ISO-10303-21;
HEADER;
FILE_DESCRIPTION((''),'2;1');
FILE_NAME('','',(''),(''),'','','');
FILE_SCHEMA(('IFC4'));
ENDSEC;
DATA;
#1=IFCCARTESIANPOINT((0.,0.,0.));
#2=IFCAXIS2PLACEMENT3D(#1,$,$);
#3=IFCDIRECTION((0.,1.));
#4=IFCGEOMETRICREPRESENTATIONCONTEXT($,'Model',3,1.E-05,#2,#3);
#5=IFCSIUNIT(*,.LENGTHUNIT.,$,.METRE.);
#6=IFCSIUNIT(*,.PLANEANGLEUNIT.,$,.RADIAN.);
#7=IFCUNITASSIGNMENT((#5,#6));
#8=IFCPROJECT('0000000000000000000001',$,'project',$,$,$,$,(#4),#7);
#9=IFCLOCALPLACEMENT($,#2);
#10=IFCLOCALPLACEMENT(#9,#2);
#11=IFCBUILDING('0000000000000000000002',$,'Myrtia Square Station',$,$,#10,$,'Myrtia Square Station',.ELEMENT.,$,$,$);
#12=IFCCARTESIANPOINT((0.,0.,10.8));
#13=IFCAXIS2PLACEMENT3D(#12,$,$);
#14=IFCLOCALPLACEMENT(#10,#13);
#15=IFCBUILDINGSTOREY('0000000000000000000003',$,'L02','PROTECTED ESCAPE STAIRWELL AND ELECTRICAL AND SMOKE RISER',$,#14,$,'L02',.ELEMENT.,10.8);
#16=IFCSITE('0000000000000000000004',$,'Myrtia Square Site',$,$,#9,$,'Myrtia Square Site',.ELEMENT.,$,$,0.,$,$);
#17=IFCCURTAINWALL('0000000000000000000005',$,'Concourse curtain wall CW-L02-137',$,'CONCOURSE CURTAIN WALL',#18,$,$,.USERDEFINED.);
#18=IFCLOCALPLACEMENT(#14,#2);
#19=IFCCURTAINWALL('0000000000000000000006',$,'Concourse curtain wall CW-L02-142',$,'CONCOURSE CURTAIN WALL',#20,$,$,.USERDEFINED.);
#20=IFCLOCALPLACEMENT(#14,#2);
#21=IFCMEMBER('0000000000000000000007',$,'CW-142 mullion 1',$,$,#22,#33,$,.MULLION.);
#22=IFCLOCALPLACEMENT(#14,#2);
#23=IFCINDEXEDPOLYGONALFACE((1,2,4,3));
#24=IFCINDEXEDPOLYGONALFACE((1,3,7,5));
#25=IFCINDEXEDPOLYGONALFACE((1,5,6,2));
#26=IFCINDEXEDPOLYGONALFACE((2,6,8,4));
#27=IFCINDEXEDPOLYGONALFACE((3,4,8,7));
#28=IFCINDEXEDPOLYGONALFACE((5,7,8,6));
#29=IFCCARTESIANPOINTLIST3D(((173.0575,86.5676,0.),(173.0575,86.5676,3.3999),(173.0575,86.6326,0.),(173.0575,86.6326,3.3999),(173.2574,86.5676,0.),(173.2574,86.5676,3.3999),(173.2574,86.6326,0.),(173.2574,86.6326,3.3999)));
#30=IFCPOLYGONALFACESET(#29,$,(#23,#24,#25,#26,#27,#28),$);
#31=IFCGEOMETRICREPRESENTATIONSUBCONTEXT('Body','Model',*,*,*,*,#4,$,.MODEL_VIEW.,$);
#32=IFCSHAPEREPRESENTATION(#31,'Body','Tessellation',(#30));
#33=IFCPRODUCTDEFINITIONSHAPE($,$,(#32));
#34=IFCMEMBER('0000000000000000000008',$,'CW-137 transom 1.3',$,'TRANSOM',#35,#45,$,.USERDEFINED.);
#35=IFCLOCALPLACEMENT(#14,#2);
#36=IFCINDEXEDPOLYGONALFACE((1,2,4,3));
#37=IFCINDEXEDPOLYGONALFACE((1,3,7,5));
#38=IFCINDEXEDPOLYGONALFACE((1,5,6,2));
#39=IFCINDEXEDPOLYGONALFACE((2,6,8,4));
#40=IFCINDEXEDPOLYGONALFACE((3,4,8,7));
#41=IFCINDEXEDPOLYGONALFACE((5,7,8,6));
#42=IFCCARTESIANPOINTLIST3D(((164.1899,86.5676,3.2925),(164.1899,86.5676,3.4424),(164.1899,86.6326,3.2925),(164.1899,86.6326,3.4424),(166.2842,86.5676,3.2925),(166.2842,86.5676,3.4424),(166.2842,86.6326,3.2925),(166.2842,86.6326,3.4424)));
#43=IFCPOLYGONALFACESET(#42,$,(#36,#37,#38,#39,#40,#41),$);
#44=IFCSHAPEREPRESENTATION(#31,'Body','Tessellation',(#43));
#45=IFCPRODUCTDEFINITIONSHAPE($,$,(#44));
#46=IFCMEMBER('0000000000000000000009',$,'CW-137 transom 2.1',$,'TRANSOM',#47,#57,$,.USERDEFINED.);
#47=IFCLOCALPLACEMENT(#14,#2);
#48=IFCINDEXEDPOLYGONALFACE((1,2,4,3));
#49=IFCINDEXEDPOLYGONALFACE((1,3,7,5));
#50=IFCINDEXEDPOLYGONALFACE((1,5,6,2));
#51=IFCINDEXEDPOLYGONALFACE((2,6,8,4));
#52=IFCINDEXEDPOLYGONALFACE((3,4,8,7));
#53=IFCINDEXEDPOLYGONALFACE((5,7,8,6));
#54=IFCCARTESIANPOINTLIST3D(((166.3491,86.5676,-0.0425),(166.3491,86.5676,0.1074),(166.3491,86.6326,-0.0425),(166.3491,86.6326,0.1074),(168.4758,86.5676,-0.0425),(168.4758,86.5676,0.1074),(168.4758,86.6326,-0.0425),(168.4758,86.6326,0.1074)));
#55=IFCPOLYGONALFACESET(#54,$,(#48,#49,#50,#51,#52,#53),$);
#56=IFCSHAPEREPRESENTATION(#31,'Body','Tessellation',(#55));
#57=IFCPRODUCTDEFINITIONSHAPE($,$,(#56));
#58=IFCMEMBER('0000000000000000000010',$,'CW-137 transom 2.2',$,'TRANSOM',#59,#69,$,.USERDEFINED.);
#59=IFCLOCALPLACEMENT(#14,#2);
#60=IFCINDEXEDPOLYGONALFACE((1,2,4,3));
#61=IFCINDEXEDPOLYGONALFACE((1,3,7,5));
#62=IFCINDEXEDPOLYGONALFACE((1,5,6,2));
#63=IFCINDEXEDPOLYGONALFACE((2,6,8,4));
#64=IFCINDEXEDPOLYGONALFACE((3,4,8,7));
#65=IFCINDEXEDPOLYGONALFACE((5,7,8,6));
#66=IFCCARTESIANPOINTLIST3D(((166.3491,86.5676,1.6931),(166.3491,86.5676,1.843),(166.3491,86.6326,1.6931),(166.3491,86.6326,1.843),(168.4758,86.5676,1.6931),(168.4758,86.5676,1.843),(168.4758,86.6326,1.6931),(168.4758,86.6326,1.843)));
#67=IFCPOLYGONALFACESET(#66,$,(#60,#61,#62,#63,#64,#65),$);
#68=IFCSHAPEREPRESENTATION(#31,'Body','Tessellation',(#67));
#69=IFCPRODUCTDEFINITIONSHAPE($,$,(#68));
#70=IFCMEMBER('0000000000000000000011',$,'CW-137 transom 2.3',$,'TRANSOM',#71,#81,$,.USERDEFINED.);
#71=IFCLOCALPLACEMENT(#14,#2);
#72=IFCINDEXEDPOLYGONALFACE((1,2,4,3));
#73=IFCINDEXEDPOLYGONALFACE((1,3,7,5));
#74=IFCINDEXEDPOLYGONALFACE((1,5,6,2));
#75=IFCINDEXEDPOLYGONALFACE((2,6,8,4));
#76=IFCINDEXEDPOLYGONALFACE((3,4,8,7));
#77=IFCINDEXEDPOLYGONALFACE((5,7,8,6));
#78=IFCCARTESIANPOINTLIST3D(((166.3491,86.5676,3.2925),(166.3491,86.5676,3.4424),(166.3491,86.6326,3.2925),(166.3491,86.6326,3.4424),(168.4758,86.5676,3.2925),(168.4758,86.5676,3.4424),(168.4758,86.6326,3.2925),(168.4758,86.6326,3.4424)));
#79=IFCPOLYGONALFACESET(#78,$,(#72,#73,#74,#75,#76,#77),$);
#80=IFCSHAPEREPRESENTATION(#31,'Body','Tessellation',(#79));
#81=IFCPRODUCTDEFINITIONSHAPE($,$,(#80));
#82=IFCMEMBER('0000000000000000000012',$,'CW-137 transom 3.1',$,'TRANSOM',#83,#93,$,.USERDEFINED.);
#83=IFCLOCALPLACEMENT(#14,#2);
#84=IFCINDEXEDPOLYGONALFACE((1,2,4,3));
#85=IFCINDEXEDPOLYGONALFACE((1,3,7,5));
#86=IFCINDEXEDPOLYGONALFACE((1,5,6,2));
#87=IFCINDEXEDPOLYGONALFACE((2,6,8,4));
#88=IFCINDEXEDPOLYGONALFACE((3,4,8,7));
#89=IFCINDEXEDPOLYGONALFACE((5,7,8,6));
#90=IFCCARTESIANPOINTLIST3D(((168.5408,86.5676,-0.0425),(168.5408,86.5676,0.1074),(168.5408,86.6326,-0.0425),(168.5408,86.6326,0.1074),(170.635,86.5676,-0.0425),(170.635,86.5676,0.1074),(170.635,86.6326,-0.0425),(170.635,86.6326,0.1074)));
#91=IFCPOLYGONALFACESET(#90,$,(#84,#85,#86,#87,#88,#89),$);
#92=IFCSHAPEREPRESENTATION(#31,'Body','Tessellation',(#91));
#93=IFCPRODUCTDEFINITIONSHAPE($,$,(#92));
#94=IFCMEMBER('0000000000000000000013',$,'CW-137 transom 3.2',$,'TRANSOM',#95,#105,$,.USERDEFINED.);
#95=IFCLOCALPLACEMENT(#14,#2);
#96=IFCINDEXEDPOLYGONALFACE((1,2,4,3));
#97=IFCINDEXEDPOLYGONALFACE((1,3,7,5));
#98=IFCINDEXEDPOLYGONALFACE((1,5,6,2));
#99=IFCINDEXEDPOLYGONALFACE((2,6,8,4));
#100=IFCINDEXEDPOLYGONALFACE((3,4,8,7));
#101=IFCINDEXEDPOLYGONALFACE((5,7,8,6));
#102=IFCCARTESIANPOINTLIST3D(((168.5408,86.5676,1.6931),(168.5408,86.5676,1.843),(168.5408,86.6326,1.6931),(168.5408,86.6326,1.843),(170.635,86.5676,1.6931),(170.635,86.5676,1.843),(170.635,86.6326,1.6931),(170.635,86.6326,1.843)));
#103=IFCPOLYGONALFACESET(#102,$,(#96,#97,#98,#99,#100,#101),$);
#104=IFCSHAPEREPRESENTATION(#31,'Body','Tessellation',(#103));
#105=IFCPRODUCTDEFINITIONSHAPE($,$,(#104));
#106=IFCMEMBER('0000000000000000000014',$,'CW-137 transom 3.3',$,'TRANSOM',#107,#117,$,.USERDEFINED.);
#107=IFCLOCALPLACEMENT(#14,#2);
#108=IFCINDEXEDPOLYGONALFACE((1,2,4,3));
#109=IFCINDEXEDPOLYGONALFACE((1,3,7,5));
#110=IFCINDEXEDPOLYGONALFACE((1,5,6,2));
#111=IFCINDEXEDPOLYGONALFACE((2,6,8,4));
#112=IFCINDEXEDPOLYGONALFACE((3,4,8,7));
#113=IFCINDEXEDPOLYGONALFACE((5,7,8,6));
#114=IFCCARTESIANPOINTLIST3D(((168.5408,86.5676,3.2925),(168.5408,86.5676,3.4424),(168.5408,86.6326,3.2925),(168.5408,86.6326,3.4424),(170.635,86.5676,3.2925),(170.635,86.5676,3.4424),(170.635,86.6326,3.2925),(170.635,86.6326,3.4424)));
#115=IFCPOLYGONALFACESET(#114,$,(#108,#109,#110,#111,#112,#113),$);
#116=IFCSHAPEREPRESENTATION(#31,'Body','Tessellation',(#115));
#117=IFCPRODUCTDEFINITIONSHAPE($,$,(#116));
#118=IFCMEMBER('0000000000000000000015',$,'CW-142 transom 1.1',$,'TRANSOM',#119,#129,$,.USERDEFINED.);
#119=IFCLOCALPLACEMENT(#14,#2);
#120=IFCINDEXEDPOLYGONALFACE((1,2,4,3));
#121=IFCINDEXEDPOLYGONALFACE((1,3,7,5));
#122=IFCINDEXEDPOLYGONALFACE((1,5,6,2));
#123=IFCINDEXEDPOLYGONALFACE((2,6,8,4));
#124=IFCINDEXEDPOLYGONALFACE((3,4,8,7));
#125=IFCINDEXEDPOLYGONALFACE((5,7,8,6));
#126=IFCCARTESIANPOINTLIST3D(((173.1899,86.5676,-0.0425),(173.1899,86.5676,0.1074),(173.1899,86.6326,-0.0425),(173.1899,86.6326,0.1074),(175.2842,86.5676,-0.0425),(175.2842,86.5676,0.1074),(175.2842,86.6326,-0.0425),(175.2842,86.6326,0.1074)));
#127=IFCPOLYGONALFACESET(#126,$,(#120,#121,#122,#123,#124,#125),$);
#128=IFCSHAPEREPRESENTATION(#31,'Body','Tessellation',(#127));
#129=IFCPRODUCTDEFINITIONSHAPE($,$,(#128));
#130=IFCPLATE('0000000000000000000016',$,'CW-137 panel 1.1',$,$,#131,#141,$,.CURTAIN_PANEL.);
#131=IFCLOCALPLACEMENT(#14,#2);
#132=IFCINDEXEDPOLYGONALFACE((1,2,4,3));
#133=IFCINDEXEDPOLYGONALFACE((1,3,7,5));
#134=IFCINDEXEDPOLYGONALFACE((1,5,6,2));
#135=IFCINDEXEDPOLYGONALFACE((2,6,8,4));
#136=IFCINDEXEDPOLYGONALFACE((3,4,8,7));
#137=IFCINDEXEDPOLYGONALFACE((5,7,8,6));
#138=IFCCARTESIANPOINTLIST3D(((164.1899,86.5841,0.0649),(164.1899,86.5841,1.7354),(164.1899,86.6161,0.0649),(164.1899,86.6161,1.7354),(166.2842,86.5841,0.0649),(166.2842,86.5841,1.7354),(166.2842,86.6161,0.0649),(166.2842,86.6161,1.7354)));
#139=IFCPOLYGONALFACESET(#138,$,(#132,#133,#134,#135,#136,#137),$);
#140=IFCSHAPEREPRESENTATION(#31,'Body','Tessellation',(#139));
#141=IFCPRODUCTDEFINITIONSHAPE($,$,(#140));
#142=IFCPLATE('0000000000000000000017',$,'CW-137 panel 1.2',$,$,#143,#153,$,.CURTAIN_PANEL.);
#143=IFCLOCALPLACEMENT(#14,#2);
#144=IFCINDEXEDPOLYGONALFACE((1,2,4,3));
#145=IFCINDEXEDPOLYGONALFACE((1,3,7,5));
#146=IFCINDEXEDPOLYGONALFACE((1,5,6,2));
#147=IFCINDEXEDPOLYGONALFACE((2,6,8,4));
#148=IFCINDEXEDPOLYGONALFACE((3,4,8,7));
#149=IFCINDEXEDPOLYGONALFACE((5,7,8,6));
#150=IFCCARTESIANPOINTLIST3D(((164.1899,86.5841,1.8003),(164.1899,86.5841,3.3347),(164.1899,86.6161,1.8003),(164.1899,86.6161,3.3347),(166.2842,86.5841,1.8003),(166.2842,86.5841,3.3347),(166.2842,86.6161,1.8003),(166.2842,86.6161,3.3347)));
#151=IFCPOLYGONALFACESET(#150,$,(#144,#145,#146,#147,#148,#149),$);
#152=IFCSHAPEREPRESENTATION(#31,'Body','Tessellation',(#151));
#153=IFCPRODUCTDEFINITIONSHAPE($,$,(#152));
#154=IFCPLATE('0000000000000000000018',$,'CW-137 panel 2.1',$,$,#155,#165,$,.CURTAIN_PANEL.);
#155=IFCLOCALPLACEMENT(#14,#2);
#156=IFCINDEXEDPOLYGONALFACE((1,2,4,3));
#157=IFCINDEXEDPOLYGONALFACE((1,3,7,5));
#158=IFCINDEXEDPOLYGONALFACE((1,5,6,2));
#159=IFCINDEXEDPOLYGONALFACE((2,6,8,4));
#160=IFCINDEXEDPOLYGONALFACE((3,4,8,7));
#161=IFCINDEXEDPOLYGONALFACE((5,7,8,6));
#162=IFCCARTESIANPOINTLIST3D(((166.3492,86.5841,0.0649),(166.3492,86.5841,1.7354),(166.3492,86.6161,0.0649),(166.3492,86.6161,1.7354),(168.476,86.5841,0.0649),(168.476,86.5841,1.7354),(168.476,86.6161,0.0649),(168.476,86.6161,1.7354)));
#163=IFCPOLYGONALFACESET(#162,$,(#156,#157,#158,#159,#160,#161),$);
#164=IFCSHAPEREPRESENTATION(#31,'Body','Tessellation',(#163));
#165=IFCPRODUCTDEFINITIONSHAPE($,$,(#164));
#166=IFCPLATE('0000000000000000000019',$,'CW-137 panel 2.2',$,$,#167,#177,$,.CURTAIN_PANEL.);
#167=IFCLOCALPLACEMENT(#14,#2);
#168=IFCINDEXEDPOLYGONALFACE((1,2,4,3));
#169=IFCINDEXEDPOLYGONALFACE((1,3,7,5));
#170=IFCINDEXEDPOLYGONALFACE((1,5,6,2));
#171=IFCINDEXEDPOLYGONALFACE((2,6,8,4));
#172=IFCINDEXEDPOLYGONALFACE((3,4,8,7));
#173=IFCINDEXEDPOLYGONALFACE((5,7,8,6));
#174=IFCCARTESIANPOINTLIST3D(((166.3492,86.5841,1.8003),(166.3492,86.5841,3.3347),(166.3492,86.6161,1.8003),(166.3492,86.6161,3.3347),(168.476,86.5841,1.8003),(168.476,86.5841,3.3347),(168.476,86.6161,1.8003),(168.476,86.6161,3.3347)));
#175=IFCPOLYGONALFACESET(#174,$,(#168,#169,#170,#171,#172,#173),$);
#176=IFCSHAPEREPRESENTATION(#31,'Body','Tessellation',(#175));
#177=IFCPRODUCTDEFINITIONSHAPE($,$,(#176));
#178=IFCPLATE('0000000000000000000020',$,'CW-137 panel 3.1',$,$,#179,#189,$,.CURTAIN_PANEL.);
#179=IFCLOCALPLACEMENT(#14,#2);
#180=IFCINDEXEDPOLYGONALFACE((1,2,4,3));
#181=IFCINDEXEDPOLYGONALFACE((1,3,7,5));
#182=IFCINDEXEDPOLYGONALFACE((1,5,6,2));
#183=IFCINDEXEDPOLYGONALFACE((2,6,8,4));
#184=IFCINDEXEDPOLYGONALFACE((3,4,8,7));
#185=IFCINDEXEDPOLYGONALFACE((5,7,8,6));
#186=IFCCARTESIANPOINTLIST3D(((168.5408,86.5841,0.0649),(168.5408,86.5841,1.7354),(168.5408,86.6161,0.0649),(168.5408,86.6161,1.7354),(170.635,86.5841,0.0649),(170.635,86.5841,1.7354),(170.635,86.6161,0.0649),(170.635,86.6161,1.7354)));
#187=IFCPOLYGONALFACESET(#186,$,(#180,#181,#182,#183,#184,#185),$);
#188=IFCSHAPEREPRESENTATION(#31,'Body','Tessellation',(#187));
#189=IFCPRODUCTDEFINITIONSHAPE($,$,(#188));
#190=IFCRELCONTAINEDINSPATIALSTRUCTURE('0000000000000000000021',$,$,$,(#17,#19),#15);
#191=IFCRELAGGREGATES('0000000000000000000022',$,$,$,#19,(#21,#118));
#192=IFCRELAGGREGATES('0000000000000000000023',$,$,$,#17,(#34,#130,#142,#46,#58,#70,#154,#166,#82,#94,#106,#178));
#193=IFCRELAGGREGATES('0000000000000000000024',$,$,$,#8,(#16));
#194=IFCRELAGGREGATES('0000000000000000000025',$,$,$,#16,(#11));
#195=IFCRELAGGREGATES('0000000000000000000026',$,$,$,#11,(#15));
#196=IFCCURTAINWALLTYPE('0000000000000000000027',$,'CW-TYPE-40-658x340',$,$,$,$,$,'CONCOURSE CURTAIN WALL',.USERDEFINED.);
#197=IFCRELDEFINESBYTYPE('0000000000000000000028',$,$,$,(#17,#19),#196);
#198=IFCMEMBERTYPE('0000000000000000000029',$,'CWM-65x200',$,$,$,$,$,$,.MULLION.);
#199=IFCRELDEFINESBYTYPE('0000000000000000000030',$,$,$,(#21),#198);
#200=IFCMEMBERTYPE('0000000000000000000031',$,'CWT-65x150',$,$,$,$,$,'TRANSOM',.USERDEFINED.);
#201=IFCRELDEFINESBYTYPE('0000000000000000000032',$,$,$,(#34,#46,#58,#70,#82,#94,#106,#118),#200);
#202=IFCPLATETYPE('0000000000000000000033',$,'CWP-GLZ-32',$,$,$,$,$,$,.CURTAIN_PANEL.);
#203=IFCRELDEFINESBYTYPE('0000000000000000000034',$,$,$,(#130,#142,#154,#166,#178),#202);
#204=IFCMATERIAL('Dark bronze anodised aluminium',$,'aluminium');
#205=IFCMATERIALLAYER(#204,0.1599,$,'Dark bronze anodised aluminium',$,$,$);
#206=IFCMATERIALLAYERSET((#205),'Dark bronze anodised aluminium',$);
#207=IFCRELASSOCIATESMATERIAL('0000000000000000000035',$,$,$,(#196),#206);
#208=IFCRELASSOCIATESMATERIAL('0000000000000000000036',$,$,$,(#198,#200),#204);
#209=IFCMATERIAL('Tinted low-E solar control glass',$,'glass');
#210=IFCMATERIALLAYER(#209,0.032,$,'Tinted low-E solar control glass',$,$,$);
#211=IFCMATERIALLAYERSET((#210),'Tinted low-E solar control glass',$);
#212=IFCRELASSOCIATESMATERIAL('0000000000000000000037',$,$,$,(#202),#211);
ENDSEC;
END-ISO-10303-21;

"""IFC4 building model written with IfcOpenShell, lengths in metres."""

from ifc_helpers import new_model, si_unit, direction, frame, origin, origin_2d, place, context, subcontext, project, spatial, rectangle, extrude, material, layer, layer_set, material_profile, profile_set, type_object, element, aggregate, save


model = new_model("IFC4")

# Units and contexts
model_context = context("Model", 3, precision=1e-05, world=origin(), true_north=direction((0.0, 1.0)))
body_context = subcontext(model_context, "Body", "Model", "MODEL_VIEW")
ifc_project = project(units=[si_unit("LENGTHUNIT", "METRE"), si_unit("PLANEANGLEUNIT", "RADIAN")], contexts=[model_context])

# Site, building, storey
site_placement = place(None, origin())
site = spatial("IfcSite", under=ifc_project, at=site_placement, Name="Myrtia Square Site", LongName="Myrtia Square Site", CompositionType="ELEMENT", RefElevation=0.0)
building_placement = place(site_placement, origin())
building = spatial("IfcBuilding", under=site, at=building_placement, Name="Myrtia Square Station", LongName="Myrtia Square Station", CompositionType="ELEMENT")
storey_placement = place(building_placement, frame((0.0, 0.0, 10.8)))
storey = spatial("IfcBuildingStorey", under=building, at=storey_placement, Name="L02", Description="PROTECTED ESCAPE STAIRWELL AND ELECTRICAL AND SMOKE RISER", LongName="L02", CompositionType="ELEMENT", Elevation=10.8)

# Curtain wall
ifc_material_1 = material(Name="Dark bronze anodised aluminium", Category="aluminium")
ifc_layer_1 = layer(ifc_material_1, 0.1599, Name="Dark bronze anodised aluminium")
ifc_layer_set_1 = layer_set([ifc_layer_1], Name="Dark bronze anodised aluminium")
curtain_wall_type = type_object("IfcCurtainWallType", Name="CW-TYPE-40-658x340", ElementType="CONCOURSE CURTAIN WALL", PredefinedType="USERDEFINED", material=ifc_layer_set_1)
curtain_wall_1_placement = place(storey_placement, origin())
curtain_wall_1 = element("IfcCurtainWall", 1, at=curtain_wall_1_placement, inside=storey, type_object=curtain_wall_type, Name="Concourse curtain wall CW-L02-137", ObjectType="CONCOURSE CURTAIN WALL", PredefinedType="USERDEFINED")
ifc_material_profile_1 = material_profile(ifc_material_1, rectangle(XDim=0.0649, YDim=0.2, at=origin_2d()), Name="ALU-M 65x200")
ifc_profile_set_1 = profile_set([ifc_material_profile_1], Name="Dark bronze anodised aluminium")
member_type_1 = type_object("IfcMemberType", Name="CWM-65x200", PredefinedType="MULLION", material=ifc_profile_set_1)

# Curtain wall, member
curtain_wall_2_placement = place(storey_placement, origin())
curtain_wall_2 = element("IfcCurtainWall", 2, at=curtain_wall_2_placement, inside=storey, type_object=curtain_wall_type, Name="Concourse curtain wall CW-L02-142", ObjectType="CONCOURSE CURTAIN WALL", PredefinedType="USERDEFINED")
member_1_placement = place(storey_placement, frame((173.1575, 86.6001, 0.0), z_axis=(0.0, 0.0, 1.0), x_axis=(0.0, 1.0, 0.0)))
member_1 = element("IfcMember", 3, at=member_1_placement, type_object=member_type_1, Name="CW-142 mullion 1", PredefinedType="MULLION", context=body_context, shape_type="SweptSolid", body=[
    extrude(rectangle(XDim=0.0649, YDim=0.2, at=origin_2d()), origin(), (0.0, 0.0, 1.0), 3.3999),
])

# Members
ifc_material_profile_2 = material_profile(ifc_material_1, rectangle(XDim=0.0649, YDim=0.1499, at=origin_2d()), Name="ALU-T 65x150")
ifc_profile_set_2 = profile_set([ifc_material_profile_2], Name="Dark bronze anodised aluminium")
member_type_2 = type_object("IfcMemberType", Name="CWT-65x150", ElementType="TRANSOM", PredefinedType="USERDEFINED", material=ifc_profile_set_2)
member_2_placement = place(storey_placement, frame((164.1899, 86.6001, 3.3674), z_axis=(1.0, 0.0, 0.0), x_axis=(0.0, 1.0, 0.0)))
member_2 = element("IfcMember", 4, at=member_2_placement, type_object=member_type_2, Name="CW-137 transom 1.3", ObjectType="TRANSOM", PredefinedType="USERDEFINED", context=body_context, shape_type="SweptSolid", body=[
    extrude(rectangle(XDim=0.0649, YDim=0.1499, at=origin_2d()), origin(), (0.0, 0.0, 1.0), 2.0942),
])
member_3_placement = place(storey_placement, frame((166.3491, 86.6001, 0.0325), z_axis=(1.0, 0.0, 0.0), x_axis=(0.0, 1.0, 0.0)))
member_3 = element("IfcMember", 5, at=member_3_placement, type_object=member_type_2, Name="CW-137 transom 2.1", ObjectType="TRANSOM", PredefinedType="USERDEFINED", context=body_context, shape_type="SweptSolid", body=[
    extrude(rectangle(XDim=0.0649, YDim=0.1499, at=origin_2d()), origin(), (0.0, 0.0, 1.0), 2.1267),
])
member_4_placement = place(storey_placement, frame((166.3491, 86.6001, 1.7681), z_axis=(1.0, 0.0, 0.0), x_axis=(0.0, 1.0, 0.0)))
member_4 = element("IfcMember", 6, at=member_4_placement, type_object=member_type_2, Name="CW-137 transom 2.2", ObjectType="TRANSOM", PredefinedType="USERDEFINED", context=body_context, shape_type="SweptSolid", body=[
    extrude(rectangle(XDim=0.0649, YDim=0.1499, at=origin_2d()), origin(), (0.0, 0.0, 1.0), 2.1267),
])
member_5_placement = place(storey_placement, frame((166.3491, 86.6001, 3.3674), z_axis=(1.0, 0.0, 0.0), x_axis=(0.0, 1.0, 0.0)))
member_5 = element("IfcMember", 7, at=member_5_placement, type_object=member_type_2, Name="CW-137 transom 2.3", ObjectType="TRANSOM", PredefinedType="USERDEFINED", context=body_context, shape_type="SweptSolid", body=[
    extrude(rectangle(XDim=0.0649, YDim=0.1499, at=origin_2d()), origin(), (0.0, 0.0, 1.0), 2.1267),
])
member_6_placement = place(storey_placement, frame((168.5408, 86.6001, 0.0325), z_axis=(1.0, 0.0, 0.0), x_axis=(0.0, 1.0, 0.0)))
member_6 = element("IfcMember", 8, at=member_6_placement, type_object=member_type_2, Name="CW-137 transom 3.1", ObjectType="TRANSOM", PredefinedType="USERDEFINED", context=body_context, shape_type="SweptSolid", body=[
    extrude(rectangle(XDim=0.0649, YDim=0.1499, at=origin_2d()), origin(), (0.0, 0.0, 1.0), 2.0942),
])
member_7_placement = place(storey_placement, frame((168.5408, 86.6001, 1.7681), z_axis=(1.0, 0.0, 0.0), x_axis=(0.0, 1.0, 0.0)))
member_7 = element("IfcMember", 9, at=member_7_placement, type_object=member_type_2, Name="CW-137 transom 3.2", ObjectType="TRANSOM", PredefinedType="USERDEFINED", context=body_context, shape_type="SweptSolid", body=[
    extrude(rectangle(XDim=0.0649, YDim=0.1499, at=origin_2d()), origin(), (0.0, 0.0, 1.0), 2.0942),
])
member_8_placement = place(storey_placement, frame((168.5408, 86.6001, 3.3674), z_axis=(1.0, 0.0, 0.0), x_axis=(0.0, 1.0, 0.0)))
member_8 = element("IfcMember", 10, at=member_8_placement, type_object=member_type_2, Name="CW-137 transom 3.3", ObjectType="TRANSOM", PredefinedType="USERDEFINED", context=body_context, shape_type="SweptSolid", body=[
    extrude(rectangle(XDim=0.0649, YDim=0.1499, at=origin_2d()), origin(), (0.0, 0.0, 1.0), 2.0942),
])
member_9_placement = place(storey_placement, frame((173.1899, 86.6001, 0.0325), z_axis=(1.0, 0.0, 0.0), x_axis=(0.0, 1.0, 0.0)))
member_9 = element("IfcMember", 11, at=member_9_placement, type_object=member_type_2, Name="CW-142 transom 1.1", ObjectType="TRANSOM", PredefinedType="USERDEFINED", context=body_context, shape_type="SweptSolid", body=[
    extrude(rectangle(XDim=0.0649, YDim=0.1499, at=origin_2d()), origin(), (0.0, 0.0, 1.0), 2.0942),
])
aggregate(curtain_wall_2, [member_1, member_9])

# Plates
ifc_material_2 = material(Name="Tinted low-E solar control glass", Category="glass")
ifc_layer_2 = layer(ifc_material_2, 0.032, Name="Tinted low-E solar control glass")
ifc_layer_set_2 = layer_set([ifc_layer_2], Name="Tinted low-E solar control glass")
plate_type = type_object("IfcPlateType", Name="CWP-GLZ-32", PredefinedType="CURTAIN_PANEL", material=ifc_layer_set_2)
plate_1_placement = place(storey_placement, frame((165.2371, 86.6001, 0.0649), z_axis=(0.0, 0.0, 1.0), x_axis=(1.0, 0.0, 0.0)))
plate_1 = element("IfcPlate", 12, at=plate_1_placement, type_object=plate_type, Name="CW-137 panel 1.1", PredefinedType="CURTAIN_PANEL", context=body_context, shape_type="SweptSolid", body=[
    extrude(rectangle(XDim=2.0942, YDim=0.032, at=origin_2d()), origin(), (0.0, 0.0, 1.0), 1.6704),
])
plate_2_placement = place(storey_placement, frame((165.2371, 86.6001, 1.8003), z_axis=(0.0, 0.0, 1.0), x_axis=(1.0, 0.0, 0.0)))
plate_2 = element("IfcPlate", 13, at=plate_2_placement, type_object=plate_type, Name="CW-137 panel 1.2", PredefinedType="CURTAIN_PANEL", context=body_context, shape_type="SweptSolid", body=[
    extrude(rectangle(XDim=2.0942, YDim=0.032, at=origin_2d()), origin(), (0.0, 0.0, 1.0), 1.5344),
])
plate_3_placement = place(storey_placement, frame((167.4126, 86.6001, 0.0649), z_axis=(0.0, 0.0, 1.0), x_axis=(1.0, 0.0, 0.0)))
plate_3 = element("IfcPlate", 14, at=plate_3_placement, type_object=plate_type, Name="CW-137 panel 2.1", PredefinedType="CURTAIN_PANEL", context=body_context, shape_type="SweptSolid", body=[
    extrude(rectangle(XDim=2.1267, YDim=0.032, at=origin_2d()), origin(), (0.0, 0.0, 1.0), 1.6704),
])
plate_4_placement = place(storey_placement, frame((167.4126, 86.6001, 1.8003), z_axis=(0.0, 0.0, 1.0), x_axis=(1.0, 0.0, 0.0)))
plate_4 = element("IfcPlate", 15, at=plate_4_placement, type_object=plate_type, Name="CW-137 panel 2.2", PredefinedType="CURTAIN_PANEL", context=body_context, shape_type="SweptSolid", body=[
    extrude(rectangle(XDim=2.1267, YDim=0.032, at=origin_2d()), origin(), (0.0, 0.0, 1.0), 1.5344),
])
plate_5_placement = place(storey_placement, frame((169.5879, 86.6001, 0.0649), z_axis=(0.0, 0.0, 1.0), x_axis=(1.0, 0.0, 0.0)))
plate_5 = element("IfcPlate", 16, at=plate_5_placement, type_object=plate_type, Name="CW-137 panel 3.1", PredefinedType="CURTAIN_PANEL", context=body_context, shape_type="SweptSolid", body=[
    extrude(rectangle(XDim=2.0942, YDim=0.032, at=origin_2d()), origin(), (0.0, 0.0, 1.0), 1.6704),
])
aggregate(curtain_wall_1, [member_2, plate_1, plate_2, member_3, member_4, member_5, plate_3, plate_4, member_6, member_7, member_8, plate_5])

save(model, "model.ifc")
